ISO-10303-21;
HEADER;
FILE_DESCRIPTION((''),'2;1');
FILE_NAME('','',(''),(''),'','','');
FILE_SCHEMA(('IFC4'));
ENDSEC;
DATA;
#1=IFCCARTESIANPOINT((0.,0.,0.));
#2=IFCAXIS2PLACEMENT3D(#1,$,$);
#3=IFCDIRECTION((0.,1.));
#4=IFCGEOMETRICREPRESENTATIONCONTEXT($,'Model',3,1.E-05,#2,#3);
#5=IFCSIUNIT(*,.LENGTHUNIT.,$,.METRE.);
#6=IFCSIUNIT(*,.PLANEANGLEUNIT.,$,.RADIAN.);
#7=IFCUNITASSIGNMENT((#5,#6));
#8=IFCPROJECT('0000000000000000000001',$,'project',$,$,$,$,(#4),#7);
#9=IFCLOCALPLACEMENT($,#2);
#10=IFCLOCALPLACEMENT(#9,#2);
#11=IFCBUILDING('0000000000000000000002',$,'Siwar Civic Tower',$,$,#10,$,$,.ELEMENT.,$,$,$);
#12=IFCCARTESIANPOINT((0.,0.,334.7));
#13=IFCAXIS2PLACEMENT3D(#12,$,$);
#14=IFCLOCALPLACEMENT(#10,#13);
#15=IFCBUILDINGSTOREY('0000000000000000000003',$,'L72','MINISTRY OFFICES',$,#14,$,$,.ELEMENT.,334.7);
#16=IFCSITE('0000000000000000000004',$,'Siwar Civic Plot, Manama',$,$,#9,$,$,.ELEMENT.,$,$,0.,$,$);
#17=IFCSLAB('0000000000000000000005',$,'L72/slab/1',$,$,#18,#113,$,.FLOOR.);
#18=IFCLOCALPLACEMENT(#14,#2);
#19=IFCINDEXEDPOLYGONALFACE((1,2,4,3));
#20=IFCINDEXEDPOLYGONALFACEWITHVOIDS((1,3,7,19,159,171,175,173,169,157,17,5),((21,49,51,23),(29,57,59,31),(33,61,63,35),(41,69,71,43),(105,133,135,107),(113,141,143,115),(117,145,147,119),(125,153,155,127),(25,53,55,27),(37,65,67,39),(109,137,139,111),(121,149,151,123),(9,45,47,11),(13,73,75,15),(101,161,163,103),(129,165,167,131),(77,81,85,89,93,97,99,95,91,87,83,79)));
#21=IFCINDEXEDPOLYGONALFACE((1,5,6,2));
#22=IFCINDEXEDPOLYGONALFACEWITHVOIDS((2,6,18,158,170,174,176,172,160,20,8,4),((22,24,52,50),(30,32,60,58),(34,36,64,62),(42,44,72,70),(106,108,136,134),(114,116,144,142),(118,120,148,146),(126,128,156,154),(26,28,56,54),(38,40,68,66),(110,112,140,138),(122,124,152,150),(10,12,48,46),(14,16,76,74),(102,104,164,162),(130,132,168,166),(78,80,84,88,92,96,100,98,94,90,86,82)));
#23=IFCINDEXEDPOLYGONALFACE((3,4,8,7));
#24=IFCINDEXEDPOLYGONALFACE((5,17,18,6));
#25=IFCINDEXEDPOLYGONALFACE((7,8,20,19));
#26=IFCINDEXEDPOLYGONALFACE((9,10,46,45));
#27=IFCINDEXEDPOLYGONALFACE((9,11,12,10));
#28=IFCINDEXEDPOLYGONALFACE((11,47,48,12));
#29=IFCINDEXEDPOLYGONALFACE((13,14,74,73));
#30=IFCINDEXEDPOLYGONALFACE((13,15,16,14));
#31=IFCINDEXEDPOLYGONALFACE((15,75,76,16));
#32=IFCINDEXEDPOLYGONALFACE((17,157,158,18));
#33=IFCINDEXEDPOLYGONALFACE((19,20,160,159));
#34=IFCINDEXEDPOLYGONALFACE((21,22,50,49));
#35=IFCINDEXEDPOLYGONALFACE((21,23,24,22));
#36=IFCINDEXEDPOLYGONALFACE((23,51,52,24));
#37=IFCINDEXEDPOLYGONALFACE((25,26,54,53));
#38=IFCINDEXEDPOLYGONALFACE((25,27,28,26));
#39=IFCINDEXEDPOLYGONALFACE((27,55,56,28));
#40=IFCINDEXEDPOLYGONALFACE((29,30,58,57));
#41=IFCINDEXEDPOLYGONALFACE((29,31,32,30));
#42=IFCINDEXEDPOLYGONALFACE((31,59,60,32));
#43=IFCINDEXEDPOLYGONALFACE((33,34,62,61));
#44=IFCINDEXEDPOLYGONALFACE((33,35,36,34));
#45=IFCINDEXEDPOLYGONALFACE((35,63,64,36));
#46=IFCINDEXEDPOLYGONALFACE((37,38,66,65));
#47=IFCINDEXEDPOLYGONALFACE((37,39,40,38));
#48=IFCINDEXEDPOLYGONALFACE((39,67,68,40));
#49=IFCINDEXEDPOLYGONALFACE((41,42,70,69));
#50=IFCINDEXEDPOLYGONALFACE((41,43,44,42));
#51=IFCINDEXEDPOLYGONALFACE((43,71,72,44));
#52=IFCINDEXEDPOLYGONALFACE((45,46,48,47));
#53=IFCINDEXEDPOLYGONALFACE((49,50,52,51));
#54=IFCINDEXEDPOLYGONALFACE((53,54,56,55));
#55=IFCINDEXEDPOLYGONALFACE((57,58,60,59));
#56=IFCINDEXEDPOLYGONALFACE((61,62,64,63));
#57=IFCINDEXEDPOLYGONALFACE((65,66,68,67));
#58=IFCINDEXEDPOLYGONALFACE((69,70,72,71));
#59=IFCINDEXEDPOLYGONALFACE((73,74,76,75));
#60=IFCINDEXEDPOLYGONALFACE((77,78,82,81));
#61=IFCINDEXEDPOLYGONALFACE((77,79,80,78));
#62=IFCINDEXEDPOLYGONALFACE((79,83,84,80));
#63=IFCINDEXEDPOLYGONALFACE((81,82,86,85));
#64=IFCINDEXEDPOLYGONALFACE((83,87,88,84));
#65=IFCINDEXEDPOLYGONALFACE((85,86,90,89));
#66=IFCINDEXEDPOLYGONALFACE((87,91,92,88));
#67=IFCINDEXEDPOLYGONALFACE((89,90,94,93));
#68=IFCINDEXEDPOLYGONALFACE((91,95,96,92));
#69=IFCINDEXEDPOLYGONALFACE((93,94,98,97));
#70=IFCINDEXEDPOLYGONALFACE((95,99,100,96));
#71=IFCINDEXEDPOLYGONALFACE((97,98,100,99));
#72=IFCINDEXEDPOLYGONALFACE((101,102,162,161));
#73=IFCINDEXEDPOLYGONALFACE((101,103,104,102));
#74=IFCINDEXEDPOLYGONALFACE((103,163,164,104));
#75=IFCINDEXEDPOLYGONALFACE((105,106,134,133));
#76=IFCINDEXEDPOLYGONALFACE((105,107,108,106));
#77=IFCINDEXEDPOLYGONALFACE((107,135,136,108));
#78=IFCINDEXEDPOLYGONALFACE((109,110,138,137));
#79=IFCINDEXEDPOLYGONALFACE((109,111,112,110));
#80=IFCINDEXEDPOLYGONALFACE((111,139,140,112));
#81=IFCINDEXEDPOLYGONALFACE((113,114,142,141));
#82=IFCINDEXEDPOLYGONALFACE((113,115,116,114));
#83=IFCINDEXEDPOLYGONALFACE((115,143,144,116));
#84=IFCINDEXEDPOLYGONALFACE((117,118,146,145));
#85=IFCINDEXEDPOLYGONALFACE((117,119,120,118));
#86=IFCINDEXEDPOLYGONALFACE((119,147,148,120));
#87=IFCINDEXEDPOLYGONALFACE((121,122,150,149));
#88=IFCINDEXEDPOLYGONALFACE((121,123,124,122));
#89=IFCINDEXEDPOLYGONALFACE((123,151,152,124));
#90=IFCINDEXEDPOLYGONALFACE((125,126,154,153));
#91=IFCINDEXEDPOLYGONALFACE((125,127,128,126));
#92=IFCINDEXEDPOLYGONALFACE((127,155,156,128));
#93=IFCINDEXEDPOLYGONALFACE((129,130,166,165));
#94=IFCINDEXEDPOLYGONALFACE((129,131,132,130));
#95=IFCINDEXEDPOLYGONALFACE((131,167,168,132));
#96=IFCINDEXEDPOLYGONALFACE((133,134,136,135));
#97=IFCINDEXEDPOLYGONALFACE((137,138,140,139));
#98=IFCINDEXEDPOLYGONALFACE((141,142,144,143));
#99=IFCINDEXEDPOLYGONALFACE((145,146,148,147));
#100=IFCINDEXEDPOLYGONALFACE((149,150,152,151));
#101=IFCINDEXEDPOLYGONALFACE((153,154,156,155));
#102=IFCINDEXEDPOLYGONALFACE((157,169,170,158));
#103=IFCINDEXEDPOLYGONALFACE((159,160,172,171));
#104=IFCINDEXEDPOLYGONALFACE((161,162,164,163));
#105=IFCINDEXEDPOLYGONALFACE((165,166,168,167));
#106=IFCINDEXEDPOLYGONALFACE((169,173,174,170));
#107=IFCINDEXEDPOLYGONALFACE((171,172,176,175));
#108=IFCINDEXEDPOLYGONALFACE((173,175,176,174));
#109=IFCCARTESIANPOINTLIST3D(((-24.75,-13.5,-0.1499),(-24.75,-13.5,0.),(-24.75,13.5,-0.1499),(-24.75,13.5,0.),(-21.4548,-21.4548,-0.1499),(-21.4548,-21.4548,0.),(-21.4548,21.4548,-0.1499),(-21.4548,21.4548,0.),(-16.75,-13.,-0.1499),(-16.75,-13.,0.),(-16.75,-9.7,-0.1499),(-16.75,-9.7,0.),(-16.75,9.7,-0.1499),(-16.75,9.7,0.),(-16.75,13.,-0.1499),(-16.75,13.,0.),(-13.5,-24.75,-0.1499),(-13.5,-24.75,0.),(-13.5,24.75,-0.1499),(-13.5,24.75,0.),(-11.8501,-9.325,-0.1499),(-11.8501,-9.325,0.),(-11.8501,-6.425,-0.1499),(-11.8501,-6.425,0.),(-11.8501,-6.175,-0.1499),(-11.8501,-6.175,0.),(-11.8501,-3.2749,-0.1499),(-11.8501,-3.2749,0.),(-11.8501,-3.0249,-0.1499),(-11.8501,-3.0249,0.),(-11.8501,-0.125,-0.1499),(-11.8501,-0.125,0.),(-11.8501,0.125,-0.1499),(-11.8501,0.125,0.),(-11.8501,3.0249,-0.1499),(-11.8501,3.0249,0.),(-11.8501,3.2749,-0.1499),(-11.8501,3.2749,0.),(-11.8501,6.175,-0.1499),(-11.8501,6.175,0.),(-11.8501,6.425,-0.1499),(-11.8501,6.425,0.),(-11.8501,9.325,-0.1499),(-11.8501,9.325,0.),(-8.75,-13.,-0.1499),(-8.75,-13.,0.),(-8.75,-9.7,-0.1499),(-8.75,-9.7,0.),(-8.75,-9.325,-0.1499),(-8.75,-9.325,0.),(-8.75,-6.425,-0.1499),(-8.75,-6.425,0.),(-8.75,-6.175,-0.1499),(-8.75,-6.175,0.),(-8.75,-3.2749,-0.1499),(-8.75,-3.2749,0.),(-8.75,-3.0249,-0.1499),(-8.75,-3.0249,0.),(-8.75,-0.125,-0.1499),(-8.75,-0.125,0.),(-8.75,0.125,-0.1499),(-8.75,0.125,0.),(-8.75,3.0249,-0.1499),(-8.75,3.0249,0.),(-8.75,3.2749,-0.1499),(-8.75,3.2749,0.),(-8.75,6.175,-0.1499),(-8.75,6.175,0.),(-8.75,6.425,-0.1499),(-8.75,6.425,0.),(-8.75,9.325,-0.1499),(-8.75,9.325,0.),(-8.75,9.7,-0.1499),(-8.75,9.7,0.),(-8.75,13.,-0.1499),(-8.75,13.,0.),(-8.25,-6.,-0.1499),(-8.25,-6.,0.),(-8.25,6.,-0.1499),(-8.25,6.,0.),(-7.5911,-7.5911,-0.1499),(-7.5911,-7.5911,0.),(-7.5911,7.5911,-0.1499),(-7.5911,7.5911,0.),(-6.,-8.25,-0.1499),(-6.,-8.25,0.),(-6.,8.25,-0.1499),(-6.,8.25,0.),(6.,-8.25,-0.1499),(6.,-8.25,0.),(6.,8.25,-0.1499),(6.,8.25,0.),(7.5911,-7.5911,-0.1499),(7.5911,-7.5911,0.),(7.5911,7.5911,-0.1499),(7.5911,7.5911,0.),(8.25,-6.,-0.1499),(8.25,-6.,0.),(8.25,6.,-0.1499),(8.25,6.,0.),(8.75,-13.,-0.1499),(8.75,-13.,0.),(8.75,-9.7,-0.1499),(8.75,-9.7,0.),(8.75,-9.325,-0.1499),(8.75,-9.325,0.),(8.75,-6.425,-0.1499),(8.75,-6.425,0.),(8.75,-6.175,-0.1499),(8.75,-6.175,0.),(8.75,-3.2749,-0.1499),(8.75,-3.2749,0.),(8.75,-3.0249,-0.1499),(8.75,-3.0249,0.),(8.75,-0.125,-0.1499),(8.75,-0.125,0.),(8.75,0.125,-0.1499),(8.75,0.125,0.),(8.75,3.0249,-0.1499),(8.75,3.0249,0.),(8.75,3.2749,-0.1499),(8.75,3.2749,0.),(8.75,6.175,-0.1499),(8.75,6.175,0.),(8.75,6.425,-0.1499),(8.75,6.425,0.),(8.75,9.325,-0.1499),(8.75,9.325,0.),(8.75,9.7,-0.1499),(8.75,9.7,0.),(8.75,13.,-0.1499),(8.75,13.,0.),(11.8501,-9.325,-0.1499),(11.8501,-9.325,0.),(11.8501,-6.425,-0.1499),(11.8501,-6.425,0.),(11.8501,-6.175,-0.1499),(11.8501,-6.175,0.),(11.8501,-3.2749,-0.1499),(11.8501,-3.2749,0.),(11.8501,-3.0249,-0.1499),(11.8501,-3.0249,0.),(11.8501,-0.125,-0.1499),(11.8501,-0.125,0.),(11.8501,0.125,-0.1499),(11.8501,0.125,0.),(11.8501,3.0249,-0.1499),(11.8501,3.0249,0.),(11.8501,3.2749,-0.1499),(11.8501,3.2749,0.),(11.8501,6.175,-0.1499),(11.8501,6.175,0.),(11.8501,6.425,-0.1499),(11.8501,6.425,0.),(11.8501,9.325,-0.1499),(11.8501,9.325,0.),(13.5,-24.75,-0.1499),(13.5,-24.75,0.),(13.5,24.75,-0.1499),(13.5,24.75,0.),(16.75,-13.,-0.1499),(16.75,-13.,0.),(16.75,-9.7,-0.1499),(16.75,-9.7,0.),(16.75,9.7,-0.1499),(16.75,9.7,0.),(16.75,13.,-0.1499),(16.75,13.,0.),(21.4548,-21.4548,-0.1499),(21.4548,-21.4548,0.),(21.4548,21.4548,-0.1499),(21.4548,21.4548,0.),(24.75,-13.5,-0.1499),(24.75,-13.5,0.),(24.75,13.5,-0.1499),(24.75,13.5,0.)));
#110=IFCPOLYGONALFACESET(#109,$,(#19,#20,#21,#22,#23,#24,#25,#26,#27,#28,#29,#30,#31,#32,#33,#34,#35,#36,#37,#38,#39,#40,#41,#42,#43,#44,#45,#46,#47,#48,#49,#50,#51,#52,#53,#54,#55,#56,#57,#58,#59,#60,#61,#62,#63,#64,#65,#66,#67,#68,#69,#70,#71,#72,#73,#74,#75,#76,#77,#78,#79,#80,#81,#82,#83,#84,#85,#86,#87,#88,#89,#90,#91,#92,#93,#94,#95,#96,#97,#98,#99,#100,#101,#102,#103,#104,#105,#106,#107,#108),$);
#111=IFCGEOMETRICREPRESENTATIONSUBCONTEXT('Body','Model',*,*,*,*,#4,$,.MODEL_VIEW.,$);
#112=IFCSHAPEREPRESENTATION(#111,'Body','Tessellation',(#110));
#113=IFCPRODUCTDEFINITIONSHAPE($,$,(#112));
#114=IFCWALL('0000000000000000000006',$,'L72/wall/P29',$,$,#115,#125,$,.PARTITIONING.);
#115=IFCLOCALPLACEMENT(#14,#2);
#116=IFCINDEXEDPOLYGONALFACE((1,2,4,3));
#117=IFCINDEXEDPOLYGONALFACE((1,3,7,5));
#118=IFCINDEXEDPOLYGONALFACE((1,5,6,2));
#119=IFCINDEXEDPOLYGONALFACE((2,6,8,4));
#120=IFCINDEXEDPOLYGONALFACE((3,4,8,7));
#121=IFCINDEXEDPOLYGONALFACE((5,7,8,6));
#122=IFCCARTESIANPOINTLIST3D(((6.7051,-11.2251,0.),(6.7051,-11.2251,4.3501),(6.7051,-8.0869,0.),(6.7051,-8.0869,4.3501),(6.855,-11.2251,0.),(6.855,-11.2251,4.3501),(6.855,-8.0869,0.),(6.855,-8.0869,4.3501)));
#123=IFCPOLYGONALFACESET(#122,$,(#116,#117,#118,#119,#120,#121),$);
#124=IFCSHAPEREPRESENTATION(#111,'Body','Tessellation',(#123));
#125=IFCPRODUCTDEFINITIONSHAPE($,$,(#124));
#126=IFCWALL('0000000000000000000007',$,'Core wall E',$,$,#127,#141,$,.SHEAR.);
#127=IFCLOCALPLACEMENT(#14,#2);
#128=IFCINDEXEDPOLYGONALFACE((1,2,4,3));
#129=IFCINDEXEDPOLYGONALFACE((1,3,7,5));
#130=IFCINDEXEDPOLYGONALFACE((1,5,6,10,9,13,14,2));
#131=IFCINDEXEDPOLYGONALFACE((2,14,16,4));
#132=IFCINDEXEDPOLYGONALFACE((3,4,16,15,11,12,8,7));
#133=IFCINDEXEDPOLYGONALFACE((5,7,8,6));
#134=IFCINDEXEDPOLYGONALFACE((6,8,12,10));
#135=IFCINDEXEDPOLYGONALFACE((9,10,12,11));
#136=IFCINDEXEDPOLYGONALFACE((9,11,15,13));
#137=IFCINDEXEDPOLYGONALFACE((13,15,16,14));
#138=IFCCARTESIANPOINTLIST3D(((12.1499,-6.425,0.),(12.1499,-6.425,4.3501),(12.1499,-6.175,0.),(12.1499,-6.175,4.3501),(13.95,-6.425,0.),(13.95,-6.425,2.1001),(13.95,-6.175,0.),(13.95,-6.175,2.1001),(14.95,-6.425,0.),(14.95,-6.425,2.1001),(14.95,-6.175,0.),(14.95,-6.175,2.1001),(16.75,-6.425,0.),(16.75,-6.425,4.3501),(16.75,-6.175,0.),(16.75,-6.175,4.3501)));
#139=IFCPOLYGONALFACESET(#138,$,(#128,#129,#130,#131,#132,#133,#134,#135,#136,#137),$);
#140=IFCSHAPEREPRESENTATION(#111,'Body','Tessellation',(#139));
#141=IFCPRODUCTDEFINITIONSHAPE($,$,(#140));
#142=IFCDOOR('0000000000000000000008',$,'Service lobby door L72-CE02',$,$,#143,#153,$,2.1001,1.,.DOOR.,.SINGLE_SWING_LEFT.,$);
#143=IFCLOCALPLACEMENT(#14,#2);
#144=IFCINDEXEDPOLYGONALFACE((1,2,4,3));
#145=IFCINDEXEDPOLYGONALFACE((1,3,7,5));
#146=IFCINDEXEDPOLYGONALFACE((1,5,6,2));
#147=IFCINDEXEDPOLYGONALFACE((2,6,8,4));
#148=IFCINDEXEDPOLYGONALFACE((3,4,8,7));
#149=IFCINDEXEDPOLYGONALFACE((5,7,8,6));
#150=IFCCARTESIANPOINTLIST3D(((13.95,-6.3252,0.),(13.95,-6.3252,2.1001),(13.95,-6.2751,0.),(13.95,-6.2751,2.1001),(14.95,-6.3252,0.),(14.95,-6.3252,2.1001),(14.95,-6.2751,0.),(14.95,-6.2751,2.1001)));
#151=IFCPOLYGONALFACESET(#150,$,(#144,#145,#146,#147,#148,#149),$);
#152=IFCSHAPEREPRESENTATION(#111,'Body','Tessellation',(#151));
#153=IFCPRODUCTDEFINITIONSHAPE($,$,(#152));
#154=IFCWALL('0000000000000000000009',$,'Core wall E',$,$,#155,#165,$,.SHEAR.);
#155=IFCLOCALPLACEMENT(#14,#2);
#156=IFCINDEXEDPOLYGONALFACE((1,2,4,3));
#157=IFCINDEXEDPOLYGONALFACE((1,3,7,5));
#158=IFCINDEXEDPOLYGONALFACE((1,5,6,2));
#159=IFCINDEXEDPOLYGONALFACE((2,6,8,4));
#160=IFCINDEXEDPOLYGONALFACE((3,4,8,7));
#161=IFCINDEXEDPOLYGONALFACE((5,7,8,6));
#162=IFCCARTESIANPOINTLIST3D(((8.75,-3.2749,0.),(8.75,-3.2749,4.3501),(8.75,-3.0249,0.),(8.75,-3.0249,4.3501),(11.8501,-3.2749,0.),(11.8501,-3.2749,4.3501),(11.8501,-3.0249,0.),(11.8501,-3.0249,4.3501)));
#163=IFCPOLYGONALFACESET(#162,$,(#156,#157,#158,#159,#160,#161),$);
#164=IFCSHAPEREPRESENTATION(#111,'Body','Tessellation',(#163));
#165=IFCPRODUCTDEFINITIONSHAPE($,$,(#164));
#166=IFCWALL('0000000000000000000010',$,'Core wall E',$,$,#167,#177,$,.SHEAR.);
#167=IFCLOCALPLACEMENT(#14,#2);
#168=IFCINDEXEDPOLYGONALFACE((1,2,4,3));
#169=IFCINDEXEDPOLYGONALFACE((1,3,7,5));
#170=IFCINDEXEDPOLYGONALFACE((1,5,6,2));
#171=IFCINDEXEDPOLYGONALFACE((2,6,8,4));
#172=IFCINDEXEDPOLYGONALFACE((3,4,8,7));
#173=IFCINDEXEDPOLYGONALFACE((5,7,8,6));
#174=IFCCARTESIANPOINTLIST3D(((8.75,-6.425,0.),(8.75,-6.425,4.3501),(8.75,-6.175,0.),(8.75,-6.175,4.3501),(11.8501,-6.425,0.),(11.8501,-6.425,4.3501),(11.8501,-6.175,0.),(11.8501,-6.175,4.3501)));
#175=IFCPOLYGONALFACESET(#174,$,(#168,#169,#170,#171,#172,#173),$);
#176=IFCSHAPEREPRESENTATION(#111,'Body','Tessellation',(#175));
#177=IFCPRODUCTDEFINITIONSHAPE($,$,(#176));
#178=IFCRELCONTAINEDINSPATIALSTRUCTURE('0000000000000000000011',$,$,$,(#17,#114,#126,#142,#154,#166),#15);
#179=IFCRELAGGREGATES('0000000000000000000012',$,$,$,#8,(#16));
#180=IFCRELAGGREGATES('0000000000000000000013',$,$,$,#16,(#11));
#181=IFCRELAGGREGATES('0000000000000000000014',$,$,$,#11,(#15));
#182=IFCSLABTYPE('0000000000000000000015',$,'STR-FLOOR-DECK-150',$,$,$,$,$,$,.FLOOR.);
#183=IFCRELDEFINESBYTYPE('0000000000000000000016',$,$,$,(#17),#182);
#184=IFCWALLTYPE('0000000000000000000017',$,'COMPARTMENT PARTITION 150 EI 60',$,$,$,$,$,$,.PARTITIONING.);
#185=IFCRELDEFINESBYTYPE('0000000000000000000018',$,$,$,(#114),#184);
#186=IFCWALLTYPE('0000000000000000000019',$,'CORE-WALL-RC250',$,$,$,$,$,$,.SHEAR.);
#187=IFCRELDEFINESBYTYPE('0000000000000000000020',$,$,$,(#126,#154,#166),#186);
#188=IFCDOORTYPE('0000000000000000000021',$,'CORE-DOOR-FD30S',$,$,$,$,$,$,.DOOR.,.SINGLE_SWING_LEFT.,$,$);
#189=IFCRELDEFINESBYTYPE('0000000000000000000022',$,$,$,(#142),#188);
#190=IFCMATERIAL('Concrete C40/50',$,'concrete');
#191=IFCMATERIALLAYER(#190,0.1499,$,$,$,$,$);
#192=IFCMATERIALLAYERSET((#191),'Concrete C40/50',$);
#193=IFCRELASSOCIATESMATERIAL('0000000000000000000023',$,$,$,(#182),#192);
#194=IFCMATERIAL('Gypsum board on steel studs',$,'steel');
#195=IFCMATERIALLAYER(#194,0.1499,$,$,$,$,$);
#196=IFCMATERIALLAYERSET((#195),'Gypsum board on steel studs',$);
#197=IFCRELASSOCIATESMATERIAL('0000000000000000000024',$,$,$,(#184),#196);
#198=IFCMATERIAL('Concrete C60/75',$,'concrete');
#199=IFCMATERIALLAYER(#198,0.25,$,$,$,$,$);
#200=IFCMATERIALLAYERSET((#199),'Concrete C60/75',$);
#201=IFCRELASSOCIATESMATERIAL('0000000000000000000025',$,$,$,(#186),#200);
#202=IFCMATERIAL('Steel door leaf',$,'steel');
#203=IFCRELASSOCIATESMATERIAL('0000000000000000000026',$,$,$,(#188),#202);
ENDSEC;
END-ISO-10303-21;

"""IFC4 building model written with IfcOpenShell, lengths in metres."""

from ifc_helpers import new_model, si_unit, direction, frame, frame_2d, origin, place, context, subcontext, project, spatial, polyline, rectangle, outline, extrude, material, layer, layer_set, type_object, element, fill, save


model = new_model("IFC4")

# Units and contexts
model_context = context("Model", 3, precision=1e-05, world=origin(), true_north=direction((0.0, 1.0)))
body_context = subcontext(model_context, "Body", "Model", "MODEL_VIEW")
ifc_project = project(units=[si_unit("LENGTHUNIT", "METRE"), si_unit("PLANEANGLEUNIT", "RADIAN")], contexts=[model_context])

# Site, building, storey
site_placement = place(None, origin())
site = spatial("IfcSite", under=ifc_project, at=site_placement, Name="Siwar Civic Plot, Manama", CompositionType="ELEMENT", RefElevation=0.0)
building_placement = place(site_placement, origin())
building = spatial("IfcBuilding", under=site, at=building_placement, Name="Siwar Civic Tower", CompositionType="ELEMENT")
storey_placement = place(building_placement, frame((0.0, 0.0, 334.7)))
storey = spatial("IfcBuildingStorey", under=building, at=storey_placement, Name="L72", Description="MINISTRY OFFICES", CompositionType="ELEMENT", Elevation=334.7)

# Slab
ifc_material_1 = material(Name="Concrete C40/50", Category="concrete")
ifc_layer_1 = layer(ifc_material_1, 0.1499)
ifc_layer_set_1 = layer_set([ifc_layer_1], Name="Concrete C40/50")
slab_type_1 = type_object("IfcSlabType", Name="STR-FLOOR-DECK-150", PredefinedType="FLOOR", material=ifc_layer_set_1)
slab_1_placement = place(storey_placement, frame((0.0, 0.0, -0.1499)))
element("IfcSlab", 1, at=slab_1_placement, inside=storey, type_object=slab_type_1, Name="L72/slab/1", PredefinedType="FLOOR", context=body_context, shape_type="SweptSolid", body=[
    extrude(outline(polyline([(-13.5, -24.75), (13.5, -24.75), (21.4548, -21.4548), (24.75, -13.5), (24.75, 13.5), (21.4548, 21.4548), (13.5, 24.75), (-13.5, 24.75), (-21.4548, 21.4548), (-24.75, 13.5), (-24.75, -13.5), (-21.4548, -21.4548), (-13.5, -24.75)]), holes=[polyline([(16.75, 13.0), (16.75, 9.7), (8.75, 9.7), (8.75, 13.0), (16.75, 13.0)]), polyline([(8.75, -9.7), (16.75, -9.7), (16.75, -13.0), (8.75, -13.0), (8.75, -9.7)]), polyline([(11.8501, 9.325), (11.8501, 6.425), (8.75, 6.425), (8.75, 9.325), (11.8501, 9.325)]), polyline([(8.75, 6.175), (11.8501, 6.175), (11.8501, 3.2749), (8.75, 3.2749), (8.75, 6.175)]), polyline([(8.75, 3.0249), (11.8501, 3.0249), (11.8501, 0.125), (8.75, 0.125), (8.75, 3.0249)]), polyline([(8.75, -0.125), (11.8501, -0.125), (11.8501, -3.0249), (8.75, -3.0249), (8.75, -0.125)]), polyline([(8.75, -3.2749), (11.8501, -3.2749), (11.8501, -6.175), (8.75, -6.175), (8.75, -3.2749)]), polyline([(8.75, -6.425), (11.8501, -6.425), (11.8501, -9.325), (8.75, -9.325), (8.75, -6.425)]), polyline([(-6.0, 8.25), (6.0, 8.25), (7.5911, 7.5911), (8.25, 6.0), (8.25, -6.0), (7.5911, -7.5911), (6.0, -8.25), (-6.0, -8.25), (-7.5911, -7.5911), (-8.25, -6.0), (-8.25, 6.0), (-7.5911, 7.5911), (-6.0, 8.25)]), polyline([(-8.75, -13.0), (-16.75, -13.0), (-16.75, -9.7), (-8.75, -9.7), (-8.75, -13.0)]), polyline([(-8.75, 9.7), (-16.75, 9.7), (-16.75, 13.0), (-8.75, 13.0), (-8.75, 9.7)]), polyline([(-8.75, 6.425), (-11.8501, 6.425), (-11.8501, 9.325), (-8.75, 9.325), (-8.75, 6.425)]), polyline([(-8.75, 3.2749), (-11.8501, 3.2749), (-11.8501, 6.175), (-8.75, 6.175), (-8.75, 3.2749)]), polyline([(-8.75, 0.125), (-11.8501, 0.125), (-11.8501, 3.0249), (-8.75, 3.0249), (-8.75, 0.125)]), polyline([(-8.75, -3.0249), (-11.8501, -3.0249), (-11.8501, -0.125), (-8.75, -0.125), (-8.75, -3.0249)]), polyline([(-8.75, -6.175), (-11.8501, -6.175), (-11.8501, -3.2749), (-8.75, -3.2749), (-8.75, -6.175)]), polyline([(-8.75, -9.325), (-11.8501, -9.325), (-11.8501, -6.425), (-8.75, -6.425), (-8.75, -9.325)])]), origin(), (0.0, 0.0, 1.0), 0.1499),
])

# Wall
ifc_material_2 = material(Name="Gypsum board on steel studs", Category="steel")
ifc_layer_2 = layer(ifc_material_2, 0.1499)
ifc_layer_set_2 = layer_set([ifc_layer_2], Name="Gypsum board on steel studs")
wall_type_1 = type_object("IfcWallType", Name="COMPARTMENT PARTITION 150 EI 60", PredefinedType="PARTITIONING", material=ifc_layer_set_2)
wall_1_placement = place(storey_placement, frame((6.78, -11.2251, 0.0), z_axis=(0.0, 0.0, 1.0), x_axis=(0.0, 1.0, 0.0)))
element("IfcWall", 2, at=wall_1_placement, inside=storey, type_object=wall_type_1, Name="L72/wall/P29", PredefinedType="PARTITIONING", context=body_context, shape_type="SweptSolid", body=[
    extrude(rectangle(XDim=3.1382, YDim=0.1499, at=frame_2d((1.5691, 0.0))), origin(), (0.0, 0.0, 1.0), 4.3501),
])

# Wall, opening, door
ifc_material_3 = material(Name="Concrete C60/75", Category="concrete")
ifc_layer_3 = layer(ifc_material_3, 0.25)
ifc_layer_set_3 = layer_set([ifc_layer_3], Name="Concrete C60/75")
wall_type_2 = type_object("IfcWallType", Name="CORE-WALL-RC250", PredefinedType="SHEAR", material=ifc_layer_set_3)
wall_2_placement = place(storey_placement, frame((12.1499, -6.3, 0.0), z_axis=(0.0, 0.0, 1.0), x_axis=(1.0, 0.0, 0.0)))
wall_2 = element("IfcWall", 3, at=wall_2_placement, inside=storey, type_object=wall_type_2, Name="Core wall E", PredefinedType="SHEAR", context=body_context, shape_type="SweptSolid", body=[
    extrude(rectangle(XDim=4.6001, YDim=0.25, at=frame_2d((2.3, 0.0))), origin(), (0.0, 0.0, 1.0), 4.3501),
])
opening_1_placement = place(wall_2_placement, frame((1.8, 0.0, 0.0)))
opening_1 = element("IfcOpeningElement", 4, at=opening_1_placement, cuts=wall_2, PredefinedType="OPENING", context=body_context, shape_type="SweptSolid", body=[
    extrude(rectangle(XDim=1.0, YDim=2.1001, at=frame_2d((0.5, 1.05))), frame((0.0, 0.135, 0.0), z_axis=(0.0, -1.0, 0.0), x_axis=(1.0, 0.0, 0.0)), (0.0, 0.0, 1.0), 0.27),
])
ifc_material_4 = material(Name="Steel door leaf", Category="steel")
door_type_1 = type_object("IfcDoorType", Name="CORE-DOOR-FD30S", OperationType="SINGLE_SWING_LEFT", PredefinedType="DOOR", material=ifc_material_4)
door_1_placement = place(opening_1_placement, origin())
door_1 = element("IfcDoor", 5, at=door_1_placement, inside=storey, type_object=door_type_1, Name="Service lobby door L72-CE02", OperationType="SINGLE_SWING_LEFT", OverallHeight=2.1001, OverallWidth=1.0, PredefinedType="DOOR", context=body_context, shape_type="SweptSolid", body=[
    extrude(rectangle(XDim=1.0, YDim=2.1001, at=frame_2d((0.5, 1.05))), frame((0.0, 0.0249, 0.0), z_axis=(0.0, -1.0, 0.0), x_axis=(1.0, 0.0, 0.0)), (0.0, 0.0, 1.0), 0.05),
])
fill(opening_1, door_1)

# Walls
for number, where, z_axis, x_axis, name in (
    (6, (8.75, -3.1499, 0.0), (0.0, 0.0, 1.0), (1.0, 0.0, 0.0), "Core wall E"),
    (7, (8.75, -6.3, 0.0), (0.0, 0.0, 1.0), (1.0, 0.0, 0.0), "Core wall E"),
):
    element("IfcWall", number, at=place(storey_placement, frame(where, z_axis=z_axis, x_axis=x_axis)), inside=storey, type_object=wall_type_2, Name=name, PredefinedType="SHEAR", context=body_context, shape_type="SweptSolid", body=[
        extrude(rectangle(XDim=3.1001, YDim=0.25, at=frame_2d((1.55, 0.0))), origin(), (0.0, 0.0, 1.0), 4.3501),
    ])

save(model, "model.ifc")
